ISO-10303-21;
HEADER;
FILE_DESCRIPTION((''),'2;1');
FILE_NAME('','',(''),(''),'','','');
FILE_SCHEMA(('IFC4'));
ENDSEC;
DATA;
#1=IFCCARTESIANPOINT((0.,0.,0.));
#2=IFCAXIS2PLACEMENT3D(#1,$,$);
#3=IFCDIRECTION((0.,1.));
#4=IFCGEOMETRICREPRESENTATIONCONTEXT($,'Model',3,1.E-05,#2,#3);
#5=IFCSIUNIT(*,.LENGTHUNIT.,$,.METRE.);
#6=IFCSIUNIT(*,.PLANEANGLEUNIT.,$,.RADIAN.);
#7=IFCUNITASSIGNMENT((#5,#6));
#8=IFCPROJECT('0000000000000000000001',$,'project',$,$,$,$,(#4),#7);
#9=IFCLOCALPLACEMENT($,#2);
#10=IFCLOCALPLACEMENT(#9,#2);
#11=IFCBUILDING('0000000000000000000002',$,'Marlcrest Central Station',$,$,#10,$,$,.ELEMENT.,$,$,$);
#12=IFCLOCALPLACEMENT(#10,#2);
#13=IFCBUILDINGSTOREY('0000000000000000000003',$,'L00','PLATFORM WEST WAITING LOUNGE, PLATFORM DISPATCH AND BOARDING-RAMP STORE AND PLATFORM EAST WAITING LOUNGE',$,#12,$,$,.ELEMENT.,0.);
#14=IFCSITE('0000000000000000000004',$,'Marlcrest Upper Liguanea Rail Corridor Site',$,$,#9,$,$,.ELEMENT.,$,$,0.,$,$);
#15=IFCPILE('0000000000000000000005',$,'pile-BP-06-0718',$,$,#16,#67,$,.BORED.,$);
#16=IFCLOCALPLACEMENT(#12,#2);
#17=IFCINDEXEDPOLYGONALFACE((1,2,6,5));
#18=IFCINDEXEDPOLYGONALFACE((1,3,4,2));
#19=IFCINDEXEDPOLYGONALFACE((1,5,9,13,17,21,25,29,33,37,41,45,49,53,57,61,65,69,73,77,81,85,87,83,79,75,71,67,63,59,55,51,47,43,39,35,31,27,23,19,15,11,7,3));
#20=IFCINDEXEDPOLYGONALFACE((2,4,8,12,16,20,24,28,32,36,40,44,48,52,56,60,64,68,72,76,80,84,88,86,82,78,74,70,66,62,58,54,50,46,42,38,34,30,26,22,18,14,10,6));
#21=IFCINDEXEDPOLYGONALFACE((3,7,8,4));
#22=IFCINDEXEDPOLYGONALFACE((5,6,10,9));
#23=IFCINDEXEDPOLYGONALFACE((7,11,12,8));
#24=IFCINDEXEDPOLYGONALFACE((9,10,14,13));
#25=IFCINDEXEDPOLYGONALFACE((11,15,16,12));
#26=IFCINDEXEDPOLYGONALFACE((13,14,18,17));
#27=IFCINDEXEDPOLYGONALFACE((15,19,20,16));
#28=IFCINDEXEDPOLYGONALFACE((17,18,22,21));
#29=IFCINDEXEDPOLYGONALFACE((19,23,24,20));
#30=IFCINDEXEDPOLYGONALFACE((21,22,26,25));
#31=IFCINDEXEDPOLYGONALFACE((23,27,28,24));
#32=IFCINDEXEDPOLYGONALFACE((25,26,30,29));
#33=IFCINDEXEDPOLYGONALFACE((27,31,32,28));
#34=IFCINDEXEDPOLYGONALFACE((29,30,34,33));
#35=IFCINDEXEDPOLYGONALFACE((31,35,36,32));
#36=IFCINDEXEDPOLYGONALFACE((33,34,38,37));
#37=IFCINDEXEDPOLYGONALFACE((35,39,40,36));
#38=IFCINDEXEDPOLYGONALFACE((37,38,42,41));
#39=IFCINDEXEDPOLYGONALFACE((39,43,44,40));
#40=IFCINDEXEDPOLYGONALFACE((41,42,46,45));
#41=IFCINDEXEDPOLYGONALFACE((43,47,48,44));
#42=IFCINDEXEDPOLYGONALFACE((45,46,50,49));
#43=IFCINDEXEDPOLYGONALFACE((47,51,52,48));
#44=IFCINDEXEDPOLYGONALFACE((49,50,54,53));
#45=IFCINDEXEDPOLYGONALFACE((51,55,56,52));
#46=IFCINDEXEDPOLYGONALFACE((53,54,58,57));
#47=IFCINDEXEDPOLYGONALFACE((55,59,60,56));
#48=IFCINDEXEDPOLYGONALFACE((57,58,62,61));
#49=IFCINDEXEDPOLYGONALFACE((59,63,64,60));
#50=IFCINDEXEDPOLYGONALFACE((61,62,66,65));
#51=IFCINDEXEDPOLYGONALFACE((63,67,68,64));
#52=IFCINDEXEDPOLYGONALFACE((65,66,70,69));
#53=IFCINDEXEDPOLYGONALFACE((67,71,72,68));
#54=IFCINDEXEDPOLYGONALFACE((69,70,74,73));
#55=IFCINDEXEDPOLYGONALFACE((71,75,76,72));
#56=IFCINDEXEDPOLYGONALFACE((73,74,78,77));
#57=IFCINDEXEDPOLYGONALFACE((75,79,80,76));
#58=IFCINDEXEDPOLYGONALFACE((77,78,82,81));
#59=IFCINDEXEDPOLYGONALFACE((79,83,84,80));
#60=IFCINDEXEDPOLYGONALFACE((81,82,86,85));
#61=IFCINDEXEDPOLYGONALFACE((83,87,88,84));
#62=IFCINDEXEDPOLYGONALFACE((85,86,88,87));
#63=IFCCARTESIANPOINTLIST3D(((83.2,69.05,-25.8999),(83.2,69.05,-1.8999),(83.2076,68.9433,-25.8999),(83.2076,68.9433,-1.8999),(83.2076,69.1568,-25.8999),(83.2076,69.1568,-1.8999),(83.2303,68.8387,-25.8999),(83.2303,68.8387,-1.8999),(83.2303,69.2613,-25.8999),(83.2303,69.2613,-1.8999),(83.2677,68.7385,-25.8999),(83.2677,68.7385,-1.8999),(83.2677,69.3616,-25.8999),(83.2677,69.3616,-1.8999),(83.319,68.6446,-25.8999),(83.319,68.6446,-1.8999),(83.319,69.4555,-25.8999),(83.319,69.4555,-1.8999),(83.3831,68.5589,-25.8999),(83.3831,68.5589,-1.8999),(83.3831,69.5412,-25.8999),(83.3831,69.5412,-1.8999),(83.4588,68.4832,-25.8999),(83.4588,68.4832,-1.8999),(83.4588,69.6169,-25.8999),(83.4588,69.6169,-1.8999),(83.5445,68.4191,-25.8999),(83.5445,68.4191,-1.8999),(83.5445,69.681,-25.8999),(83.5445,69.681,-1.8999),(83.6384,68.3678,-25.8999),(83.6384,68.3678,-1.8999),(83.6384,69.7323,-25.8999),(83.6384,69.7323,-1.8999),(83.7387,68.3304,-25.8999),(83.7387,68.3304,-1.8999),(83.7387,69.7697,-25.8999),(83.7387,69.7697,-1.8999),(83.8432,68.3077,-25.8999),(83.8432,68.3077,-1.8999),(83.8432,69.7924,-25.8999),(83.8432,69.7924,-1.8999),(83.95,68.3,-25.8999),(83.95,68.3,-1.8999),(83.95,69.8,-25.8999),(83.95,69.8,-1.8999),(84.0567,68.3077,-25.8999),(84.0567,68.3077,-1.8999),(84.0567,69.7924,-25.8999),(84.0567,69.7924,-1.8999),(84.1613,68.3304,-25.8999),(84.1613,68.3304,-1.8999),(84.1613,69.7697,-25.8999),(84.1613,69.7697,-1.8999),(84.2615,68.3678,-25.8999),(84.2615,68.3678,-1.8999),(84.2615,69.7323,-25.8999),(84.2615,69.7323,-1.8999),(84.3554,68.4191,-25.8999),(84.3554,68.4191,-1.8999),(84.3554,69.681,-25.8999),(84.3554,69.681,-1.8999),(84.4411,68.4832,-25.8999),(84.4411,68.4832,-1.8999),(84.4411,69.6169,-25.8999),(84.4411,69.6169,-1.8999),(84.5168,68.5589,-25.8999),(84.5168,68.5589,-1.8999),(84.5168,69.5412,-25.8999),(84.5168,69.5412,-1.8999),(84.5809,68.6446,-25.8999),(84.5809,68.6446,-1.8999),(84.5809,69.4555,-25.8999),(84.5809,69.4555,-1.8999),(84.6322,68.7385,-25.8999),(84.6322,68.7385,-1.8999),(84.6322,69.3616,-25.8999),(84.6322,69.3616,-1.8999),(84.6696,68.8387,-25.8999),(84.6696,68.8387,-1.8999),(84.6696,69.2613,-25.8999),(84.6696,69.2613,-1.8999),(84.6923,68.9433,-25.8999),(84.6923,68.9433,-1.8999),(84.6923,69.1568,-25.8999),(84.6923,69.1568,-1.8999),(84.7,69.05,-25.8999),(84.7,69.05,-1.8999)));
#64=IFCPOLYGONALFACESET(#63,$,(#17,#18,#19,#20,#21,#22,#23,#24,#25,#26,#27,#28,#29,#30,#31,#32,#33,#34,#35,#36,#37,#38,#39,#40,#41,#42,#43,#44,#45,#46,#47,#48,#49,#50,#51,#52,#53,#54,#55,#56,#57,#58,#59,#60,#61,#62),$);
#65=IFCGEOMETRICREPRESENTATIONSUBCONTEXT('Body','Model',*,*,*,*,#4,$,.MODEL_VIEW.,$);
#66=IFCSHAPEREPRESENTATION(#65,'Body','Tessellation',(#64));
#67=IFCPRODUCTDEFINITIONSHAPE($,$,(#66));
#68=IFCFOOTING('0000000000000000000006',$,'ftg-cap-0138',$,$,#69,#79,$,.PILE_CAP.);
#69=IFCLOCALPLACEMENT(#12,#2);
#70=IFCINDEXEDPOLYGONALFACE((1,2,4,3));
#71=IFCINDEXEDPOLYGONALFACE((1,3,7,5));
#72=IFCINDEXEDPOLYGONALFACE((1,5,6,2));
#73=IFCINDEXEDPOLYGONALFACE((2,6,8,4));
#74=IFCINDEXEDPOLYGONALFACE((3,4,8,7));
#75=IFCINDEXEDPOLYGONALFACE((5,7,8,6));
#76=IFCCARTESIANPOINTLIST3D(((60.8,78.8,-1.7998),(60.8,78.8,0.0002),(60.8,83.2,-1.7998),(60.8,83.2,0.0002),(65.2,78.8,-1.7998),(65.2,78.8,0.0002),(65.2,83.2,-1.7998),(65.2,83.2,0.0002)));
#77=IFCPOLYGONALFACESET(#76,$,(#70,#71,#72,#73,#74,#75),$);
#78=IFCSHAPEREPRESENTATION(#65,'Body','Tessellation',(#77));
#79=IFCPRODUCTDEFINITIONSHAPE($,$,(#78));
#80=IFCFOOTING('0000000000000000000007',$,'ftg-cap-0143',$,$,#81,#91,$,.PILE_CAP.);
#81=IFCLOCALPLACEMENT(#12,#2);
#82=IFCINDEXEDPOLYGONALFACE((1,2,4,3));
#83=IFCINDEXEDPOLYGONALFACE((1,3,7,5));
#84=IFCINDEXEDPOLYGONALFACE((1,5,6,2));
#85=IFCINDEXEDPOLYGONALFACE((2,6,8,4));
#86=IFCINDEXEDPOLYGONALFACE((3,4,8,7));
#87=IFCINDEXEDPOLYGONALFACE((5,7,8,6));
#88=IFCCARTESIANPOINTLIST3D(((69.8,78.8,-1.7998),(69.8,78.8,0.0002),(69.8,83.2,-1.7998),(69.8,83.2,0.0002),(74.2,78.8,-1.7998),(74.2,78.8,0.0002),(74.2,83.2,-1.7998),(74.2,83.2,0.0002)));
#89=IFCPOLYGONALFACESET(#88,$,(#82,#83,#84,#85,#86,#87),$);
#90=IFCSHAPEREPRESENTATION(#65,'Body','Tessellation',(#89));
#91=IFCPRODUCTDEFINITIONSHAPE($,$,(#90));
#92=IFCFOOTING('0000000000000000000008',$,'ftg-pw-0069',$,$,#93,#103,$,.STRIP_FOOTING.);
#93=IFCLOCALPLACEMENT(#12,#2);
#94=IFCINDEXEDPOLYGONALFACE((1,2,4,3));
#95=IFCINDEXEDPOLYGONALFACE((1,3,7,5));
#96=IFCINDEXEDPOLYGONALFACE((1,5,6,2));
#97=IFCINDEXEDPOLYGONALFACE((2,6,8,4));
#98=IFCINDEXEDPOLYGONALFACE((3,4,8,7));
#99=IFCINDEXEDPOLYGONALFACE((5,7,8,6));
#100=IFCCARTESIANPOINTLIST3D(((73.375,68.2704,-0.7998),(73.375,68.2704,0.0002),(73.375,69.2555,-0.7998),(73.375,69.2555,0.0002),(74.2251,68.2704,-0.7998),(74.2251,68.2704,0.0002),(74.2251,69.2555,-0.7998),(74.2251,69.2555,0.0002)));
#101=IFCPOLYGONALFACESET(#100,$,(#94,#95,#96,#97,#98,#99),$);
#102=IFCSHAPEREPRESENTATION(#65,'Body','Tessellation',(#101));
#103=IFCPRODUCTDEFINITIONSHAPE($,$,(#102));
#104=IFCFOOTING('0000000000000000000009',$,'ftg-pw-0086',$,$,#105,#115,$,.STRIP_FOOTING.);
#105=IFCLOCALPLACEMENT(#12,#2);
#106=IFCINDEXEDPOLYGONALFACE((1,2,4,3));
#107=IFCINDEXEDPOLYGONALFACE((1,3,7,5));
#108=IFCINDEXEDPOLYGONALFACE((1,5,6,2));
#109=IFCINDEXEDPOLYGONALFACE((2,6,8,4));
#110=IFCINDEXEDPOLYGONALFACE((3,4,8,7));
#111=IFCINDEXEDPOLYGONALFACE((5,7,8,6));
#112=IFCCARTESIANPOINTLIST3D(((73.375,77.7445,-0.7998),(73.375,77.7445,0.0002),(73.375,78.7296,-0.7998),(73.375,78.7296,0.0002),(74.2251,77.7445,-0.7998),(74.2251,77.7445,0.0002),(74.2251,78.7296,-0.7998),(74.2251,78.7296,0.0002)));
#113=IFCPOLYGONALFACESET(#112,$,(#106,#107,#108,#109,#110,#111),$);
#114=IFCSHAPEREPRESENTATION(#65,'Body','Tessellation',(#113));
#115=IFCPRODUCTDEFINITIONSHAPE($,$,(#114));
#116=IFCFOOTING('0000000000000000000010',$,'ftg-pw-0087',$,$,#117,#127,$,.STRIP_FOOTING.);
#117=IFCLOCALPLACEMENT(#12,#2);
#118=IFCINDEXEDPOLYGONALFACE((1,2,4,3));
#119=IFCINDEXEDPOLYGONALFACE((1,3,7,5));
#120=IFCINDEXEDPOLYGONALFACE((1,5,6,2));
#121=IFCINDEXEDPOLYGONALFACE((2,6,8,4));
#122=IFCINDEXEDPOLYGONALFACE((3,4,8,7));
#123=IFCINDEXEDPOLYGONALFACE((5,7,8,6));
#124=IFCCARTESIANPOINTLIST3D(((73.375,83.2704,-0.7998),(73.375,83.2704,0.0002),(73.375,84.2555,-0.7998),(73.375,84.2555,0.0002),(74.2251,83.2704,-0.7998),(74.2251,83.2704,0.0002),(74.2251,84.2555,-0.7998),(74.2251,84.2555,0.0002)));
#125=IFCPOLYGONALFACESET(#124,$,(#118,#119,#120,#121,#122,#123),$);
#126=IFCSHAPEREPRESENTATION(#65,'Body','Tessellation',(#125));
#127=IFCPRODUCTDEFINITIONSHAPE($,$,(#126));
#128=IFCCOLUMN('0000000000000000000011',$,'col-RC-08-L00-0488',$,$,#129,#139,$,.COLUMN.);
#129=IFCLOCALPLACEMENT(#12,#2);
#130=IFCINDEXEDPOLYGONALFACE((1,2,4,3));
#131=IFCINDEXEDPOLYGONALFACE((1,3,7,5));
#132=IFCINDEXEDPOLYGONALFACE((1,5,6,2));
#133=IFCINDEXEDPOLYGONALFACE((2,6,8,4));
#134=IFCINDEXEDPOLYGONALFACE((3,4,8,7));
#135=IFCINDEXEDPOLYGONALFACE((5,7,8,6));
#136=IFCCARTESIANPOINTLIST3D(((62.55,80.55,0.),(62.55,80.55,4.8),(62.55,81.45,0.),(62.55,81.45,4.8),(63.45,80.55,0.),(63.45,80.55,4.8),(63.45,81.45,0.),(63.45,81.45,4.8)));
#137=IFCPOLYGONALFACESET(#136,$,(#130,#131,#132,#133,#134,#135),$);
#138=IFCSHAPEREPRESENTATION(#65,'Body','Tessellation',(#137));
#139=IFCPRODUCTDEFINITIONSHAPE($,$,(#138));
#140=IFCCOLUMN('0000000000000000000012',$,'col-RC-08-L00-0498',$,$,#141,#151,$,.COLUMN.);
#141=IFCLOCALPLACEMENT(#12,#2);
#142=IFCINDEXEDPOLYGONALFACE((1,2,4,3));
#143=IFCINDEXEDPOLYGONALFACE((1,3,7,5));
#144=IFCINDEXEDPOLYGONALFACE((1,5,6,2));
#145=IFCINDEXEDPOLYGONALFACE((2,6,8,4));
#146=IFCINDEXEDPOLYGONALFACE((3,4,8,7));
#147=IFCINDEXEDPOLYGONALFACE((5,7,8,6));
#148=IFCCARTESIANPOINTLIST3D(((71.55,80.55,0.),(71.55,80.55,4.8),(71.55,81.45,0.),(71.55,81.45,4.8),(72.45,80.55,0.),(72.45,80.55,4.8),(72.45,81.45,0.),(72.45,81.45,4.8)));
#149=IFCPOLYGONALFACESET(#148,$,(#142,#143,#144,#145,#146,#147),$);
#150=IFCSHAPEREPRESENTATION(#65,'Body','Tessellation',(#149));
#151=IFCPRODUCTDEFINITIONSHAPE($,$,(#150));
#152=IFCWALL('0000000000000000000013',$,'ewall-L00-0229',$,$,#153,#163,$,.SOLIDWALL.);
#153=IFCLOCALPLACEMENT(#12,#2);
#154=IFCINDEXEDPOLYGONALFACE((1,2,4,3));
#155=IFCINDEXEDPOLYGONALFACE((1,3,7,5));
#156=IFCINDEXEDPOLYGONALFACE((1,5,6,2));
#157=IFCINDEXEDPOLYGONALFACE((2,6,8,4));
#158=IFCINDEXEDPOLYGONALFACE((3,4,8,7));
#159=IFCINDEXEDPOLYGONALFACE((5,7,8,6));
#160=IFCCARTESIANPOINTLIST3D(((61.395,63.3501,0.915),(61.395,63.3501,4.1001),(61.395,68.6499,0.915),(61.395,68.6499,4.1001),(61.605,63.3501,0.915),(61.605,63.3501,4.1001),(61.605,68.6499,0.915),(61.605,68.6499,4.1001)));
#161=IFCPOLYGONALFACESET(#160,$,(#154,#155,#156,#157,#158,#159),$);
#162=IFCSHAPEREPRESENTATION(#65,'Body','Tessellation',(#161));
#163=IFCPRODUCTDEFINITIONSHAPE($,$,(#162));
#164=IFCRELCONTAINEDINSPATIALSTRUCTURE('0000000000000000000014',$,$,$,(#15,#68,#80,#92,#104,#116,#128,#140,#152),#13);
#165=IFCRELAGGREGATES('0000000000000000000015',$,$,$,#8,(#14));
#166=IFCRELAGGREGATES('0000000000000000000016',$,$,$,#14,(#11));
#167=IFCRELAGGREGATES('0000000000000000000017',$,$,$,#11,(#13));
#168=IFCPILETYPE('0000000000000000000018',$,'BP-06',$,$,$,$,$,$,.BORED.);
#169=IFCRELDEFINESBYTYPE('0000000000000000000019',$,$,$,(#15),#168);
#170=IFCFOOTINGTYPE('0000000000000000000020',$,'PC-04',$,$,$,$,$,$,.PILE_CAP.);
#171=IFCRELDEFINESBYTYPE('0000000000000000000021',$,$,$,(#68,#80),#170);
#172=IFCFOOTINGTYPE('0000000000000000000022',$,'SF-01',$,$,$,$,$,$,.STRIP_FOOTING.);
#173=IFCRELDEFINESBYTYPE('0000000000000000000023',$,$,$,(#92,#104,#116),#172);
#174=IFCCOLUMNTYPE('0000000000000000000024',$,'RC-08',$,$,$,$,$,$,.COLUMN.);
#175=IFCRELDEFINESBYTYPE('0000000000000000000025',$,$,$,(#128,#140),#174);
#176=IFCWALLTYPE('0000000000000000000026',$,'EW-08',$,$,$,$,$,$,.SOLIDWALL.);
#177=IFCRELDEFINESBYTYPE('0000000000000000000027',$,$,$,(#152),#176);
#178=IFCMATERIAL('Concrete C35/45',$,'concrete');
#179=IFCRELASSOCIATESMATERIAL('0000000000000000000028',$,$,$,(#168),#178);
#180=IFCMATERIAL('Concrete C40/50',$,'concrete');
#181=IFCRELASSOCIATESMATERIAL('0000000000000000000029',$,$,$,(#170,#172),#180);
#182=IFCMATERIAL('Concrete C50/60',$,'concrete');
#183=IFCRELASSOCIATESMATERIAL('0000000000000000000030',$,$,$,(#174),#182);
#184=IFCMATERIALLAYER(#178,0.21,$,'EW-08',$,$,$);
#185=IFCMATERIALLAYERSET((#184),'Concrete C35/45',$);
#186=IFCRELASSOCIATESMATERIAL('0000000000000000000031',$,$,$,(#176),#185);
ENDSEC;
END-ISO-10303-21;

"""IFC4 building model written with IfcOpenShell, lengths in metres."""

from ifc_helpers import new_model, si_unit, direction, frame, frame_2d, origin, origin_2d, place, context, subcontext, project, spatial, rectangle, circle, extrude, material, layer, layer_set, material_profile, profile_set, type_object, element, save


model = new_model("IFC4")

# Units and contexts
model_context = context("Model", 3, precision=1e-05, world=origin(), true_north=direction((0.0, 1.0)))
body_context = subcontext(model_context, "Body", "Model", "MODEL_VIEW")
ifc_project = project(units=[si_unit("LENGTHUNIT", "METRE"), si_unit("PLANEANGLEUNIT", "RADIAN")], contexts=[model_context])

# Site, building, storey
site_placement = place(None, origin())
site = spatial("IfcSite", under=ifc_project, at=site_placement, Name="Marlcrest Upper Liguanea Rail Corridor Site", CompositionType="ELEMENT", RefElevation=0.0)
building_placement = place(site_placement, origin())
building = spatial("IfcBuilding", under=site, at=building_placement, Name="Marlcrest Central Station", CompositionType="ELEMENT")
storey_placement = place(building_placement, origin())
storey = spatial("IfcBuildingStorey", under=building, at=storey_placement, Name="L00", Description="PLATFORM WEST WAITING LOUNGE, PLATFORM DISPATCH AND BOARDING-RAMP STORE AND PLATFORM EAST WAITING LOUNGE", CompositionType="ELEMENT", Elevation=0.0)

# Pile
ifc_material_1 = material(Name="Concrete C35/45", Category="concrete")
ifc_material_profile_1 = material_profile(ifc_material_1, circle(Radius=0.75, at=origin_2d()), Name="PILE D1500")
ifc_profile_set_1 = profile_set([ifc_material_profile_1], Name="Concrete C35/45")
pile_type_1 = type_object("IfcPileType", Name="BP-06", PredefinedType="BORED", material=ifc_profile_set_1)
pile_placement = place(storey_placement, frame((83.95, 69.05, -1.8999), z_axis=(0.0, 0.0, -1.0), x_axis=(1.0, 0.0, 0.0)))
element("IfcPile", 1, at=pile_placement, inside=storey, type_object=pile_type_1, Name="pile-BP-06-0718", PredefinedType="BORED", context=body_context, shape_type="SweptSolid", body=[
    extrude(circle(Radius=0.75, at=origin_2d()), origin(), (0.0, 0.0, 1.0), 24.0),
])

# Footings
ifc_material_2 = material(Name="Concrete C40/50", Category="concrete")
footing_type_1 = type_object("IfcFootingType", Name="PC-04", PredefinedType="PILE_CAP", material=ifc_material_2)
for number, where, z_axis, x_axis, name in (
    (2, (63.0, 81.0, -1.7998), (0.0, 0.0, 1.0), (1.0, 0.0, 0.0), "ftg-cap-0138"),
    (3, (72.0, 81.0, -1.7998), (0.0, 0.0, 1.0), (1.0, 0.0, 0.0), "ftg-cap-0143"),
):
    element("IfcFooting", number, at=place(storey_placement, frame(where, z_axis=z_axis, x_axis=x_axis)), inside=storey, type_object=footing_type_1, Name=name, PredefinedType="PILE_CAP", context=body_context, shape_type="SweptSolid", body=[
        extrude(rectangle(XDim=4.3999, YDim=4.3999, at=origin_2d()), origin(), (0.0, 0.0, 1.0), 1.8),
    ])
footing_type_2 = type_object("IfcFootingType", Name="SF-01", PredefinedType="STRIP_FOOTING", material=ifc_material_2)
for number, where, z_axis, x_axis, name in (
    (4, (73.8, 68.7629, -0.7998), (0.0, 0.0, 1.0), (1.0, 0.0, 0.0), "ftg-pw-0069"),
    (5, (73.8, 78.2371, -0.7998), (0.0, 0.0, 1.0), (1.0, 0.0, 0.0), "ftg-pw-0086"),
    (6, (73.8, 83.7629, -0.7998), (0.0, 0.0, 1.0), (1.0, 0.0, 0.0), "ftg-pw-0087"),
):
    element("IfcFooting", number, at=place(storey_placement, frame(where, z_axis=z_axis, x_axis=x_axis)), inside=storey, type_object=footing_type_2, Name=name, PredefinedType="STRIP_FOOTING", context=body_context, shape_type="SweptSolid", body=[
        extrude(rectangle(XDim=0.8501, YDim=0.9851, at=origin_2d()), origin(), (0.0, 0.0, 1.0), 0.8),
    ])

# Columns
ifc_material_3 = material(Name="Concrete C50/60", Category="concrete")
ifc_material_profile_2 = material_profile(ifc_material_3, rectangle(XDim=0.8999, YDim=0.8999, at=origin_2d()), Name="RC 900x900")
ifc_profile_set_2 = profile_set([ifc_material_profile_2], Name="Concrete C50/60")
column_type = type_object("IfcColumnType", Name="RC-08", PredefinedType="COLUMN", material=ifc_profile_set_2)
for number, where, z_axis, x_axis, name in (
    (7, (63.0, 81.0, 0.0), (0.0, 0.0, 1.0), (1.0, 0.0, 0.0), "col-RC-08-L00-0488"),
    (8, (72.0, 81.0, 0.0), (0.0, 0.0, 1.0), (1.0, 0.0, 0.0), "col-RC-08-L00-0498"),
):
    element("IfcColumn", number, at=place(storey_placement, frame(where, z_axis=z_axis, x_axis=x_axis)), inside=storey, type_object=column_type, Name=name, PredefinedType="COLUMN", context=body_context, shape_type="SweptSolid", body=[
        extrude(rectangle(XDim=0.8999, YDim=0.8999, at=origin_2d()), origin(), (0.0, 0.0, 1.0), 4.8),
    ])

# Wall
ifc_layer_1 = layer(ifc_material_1, 0.21, Name="EW-08")
ifc_layer_set_1 = layer_set([ifc_layer_1], Name="Concrete C35/45")
wall_type_1 = type_object("IfcWallType", Name="EW-08", PredefinedType="SOLIDWALL", material=ifc_layer_set_1)
wall_1_placement = place(storey_placement, frame((61.5, 68.6499, 0.915), z_axis=(0.0, 0.0, 1.0), x_axis=(0.0, -1.0, 0.0)))
element("IfcWall", 9, at=wall_1_placement, inside=storey, type_object=wall_type_1, Name="ewall-L00-0229", PredefinedType="SOLIDWALL", context=body_context, shape_type="SweptSolid", body=[
    extrude(rectangle(XDim=5.2998, YDim=0.21, at=frame_2d((2.6499, 0.0))), origin(), (0.0, 0.0, 1.0), 3.1851),
])

save(model, "model.ifc")
